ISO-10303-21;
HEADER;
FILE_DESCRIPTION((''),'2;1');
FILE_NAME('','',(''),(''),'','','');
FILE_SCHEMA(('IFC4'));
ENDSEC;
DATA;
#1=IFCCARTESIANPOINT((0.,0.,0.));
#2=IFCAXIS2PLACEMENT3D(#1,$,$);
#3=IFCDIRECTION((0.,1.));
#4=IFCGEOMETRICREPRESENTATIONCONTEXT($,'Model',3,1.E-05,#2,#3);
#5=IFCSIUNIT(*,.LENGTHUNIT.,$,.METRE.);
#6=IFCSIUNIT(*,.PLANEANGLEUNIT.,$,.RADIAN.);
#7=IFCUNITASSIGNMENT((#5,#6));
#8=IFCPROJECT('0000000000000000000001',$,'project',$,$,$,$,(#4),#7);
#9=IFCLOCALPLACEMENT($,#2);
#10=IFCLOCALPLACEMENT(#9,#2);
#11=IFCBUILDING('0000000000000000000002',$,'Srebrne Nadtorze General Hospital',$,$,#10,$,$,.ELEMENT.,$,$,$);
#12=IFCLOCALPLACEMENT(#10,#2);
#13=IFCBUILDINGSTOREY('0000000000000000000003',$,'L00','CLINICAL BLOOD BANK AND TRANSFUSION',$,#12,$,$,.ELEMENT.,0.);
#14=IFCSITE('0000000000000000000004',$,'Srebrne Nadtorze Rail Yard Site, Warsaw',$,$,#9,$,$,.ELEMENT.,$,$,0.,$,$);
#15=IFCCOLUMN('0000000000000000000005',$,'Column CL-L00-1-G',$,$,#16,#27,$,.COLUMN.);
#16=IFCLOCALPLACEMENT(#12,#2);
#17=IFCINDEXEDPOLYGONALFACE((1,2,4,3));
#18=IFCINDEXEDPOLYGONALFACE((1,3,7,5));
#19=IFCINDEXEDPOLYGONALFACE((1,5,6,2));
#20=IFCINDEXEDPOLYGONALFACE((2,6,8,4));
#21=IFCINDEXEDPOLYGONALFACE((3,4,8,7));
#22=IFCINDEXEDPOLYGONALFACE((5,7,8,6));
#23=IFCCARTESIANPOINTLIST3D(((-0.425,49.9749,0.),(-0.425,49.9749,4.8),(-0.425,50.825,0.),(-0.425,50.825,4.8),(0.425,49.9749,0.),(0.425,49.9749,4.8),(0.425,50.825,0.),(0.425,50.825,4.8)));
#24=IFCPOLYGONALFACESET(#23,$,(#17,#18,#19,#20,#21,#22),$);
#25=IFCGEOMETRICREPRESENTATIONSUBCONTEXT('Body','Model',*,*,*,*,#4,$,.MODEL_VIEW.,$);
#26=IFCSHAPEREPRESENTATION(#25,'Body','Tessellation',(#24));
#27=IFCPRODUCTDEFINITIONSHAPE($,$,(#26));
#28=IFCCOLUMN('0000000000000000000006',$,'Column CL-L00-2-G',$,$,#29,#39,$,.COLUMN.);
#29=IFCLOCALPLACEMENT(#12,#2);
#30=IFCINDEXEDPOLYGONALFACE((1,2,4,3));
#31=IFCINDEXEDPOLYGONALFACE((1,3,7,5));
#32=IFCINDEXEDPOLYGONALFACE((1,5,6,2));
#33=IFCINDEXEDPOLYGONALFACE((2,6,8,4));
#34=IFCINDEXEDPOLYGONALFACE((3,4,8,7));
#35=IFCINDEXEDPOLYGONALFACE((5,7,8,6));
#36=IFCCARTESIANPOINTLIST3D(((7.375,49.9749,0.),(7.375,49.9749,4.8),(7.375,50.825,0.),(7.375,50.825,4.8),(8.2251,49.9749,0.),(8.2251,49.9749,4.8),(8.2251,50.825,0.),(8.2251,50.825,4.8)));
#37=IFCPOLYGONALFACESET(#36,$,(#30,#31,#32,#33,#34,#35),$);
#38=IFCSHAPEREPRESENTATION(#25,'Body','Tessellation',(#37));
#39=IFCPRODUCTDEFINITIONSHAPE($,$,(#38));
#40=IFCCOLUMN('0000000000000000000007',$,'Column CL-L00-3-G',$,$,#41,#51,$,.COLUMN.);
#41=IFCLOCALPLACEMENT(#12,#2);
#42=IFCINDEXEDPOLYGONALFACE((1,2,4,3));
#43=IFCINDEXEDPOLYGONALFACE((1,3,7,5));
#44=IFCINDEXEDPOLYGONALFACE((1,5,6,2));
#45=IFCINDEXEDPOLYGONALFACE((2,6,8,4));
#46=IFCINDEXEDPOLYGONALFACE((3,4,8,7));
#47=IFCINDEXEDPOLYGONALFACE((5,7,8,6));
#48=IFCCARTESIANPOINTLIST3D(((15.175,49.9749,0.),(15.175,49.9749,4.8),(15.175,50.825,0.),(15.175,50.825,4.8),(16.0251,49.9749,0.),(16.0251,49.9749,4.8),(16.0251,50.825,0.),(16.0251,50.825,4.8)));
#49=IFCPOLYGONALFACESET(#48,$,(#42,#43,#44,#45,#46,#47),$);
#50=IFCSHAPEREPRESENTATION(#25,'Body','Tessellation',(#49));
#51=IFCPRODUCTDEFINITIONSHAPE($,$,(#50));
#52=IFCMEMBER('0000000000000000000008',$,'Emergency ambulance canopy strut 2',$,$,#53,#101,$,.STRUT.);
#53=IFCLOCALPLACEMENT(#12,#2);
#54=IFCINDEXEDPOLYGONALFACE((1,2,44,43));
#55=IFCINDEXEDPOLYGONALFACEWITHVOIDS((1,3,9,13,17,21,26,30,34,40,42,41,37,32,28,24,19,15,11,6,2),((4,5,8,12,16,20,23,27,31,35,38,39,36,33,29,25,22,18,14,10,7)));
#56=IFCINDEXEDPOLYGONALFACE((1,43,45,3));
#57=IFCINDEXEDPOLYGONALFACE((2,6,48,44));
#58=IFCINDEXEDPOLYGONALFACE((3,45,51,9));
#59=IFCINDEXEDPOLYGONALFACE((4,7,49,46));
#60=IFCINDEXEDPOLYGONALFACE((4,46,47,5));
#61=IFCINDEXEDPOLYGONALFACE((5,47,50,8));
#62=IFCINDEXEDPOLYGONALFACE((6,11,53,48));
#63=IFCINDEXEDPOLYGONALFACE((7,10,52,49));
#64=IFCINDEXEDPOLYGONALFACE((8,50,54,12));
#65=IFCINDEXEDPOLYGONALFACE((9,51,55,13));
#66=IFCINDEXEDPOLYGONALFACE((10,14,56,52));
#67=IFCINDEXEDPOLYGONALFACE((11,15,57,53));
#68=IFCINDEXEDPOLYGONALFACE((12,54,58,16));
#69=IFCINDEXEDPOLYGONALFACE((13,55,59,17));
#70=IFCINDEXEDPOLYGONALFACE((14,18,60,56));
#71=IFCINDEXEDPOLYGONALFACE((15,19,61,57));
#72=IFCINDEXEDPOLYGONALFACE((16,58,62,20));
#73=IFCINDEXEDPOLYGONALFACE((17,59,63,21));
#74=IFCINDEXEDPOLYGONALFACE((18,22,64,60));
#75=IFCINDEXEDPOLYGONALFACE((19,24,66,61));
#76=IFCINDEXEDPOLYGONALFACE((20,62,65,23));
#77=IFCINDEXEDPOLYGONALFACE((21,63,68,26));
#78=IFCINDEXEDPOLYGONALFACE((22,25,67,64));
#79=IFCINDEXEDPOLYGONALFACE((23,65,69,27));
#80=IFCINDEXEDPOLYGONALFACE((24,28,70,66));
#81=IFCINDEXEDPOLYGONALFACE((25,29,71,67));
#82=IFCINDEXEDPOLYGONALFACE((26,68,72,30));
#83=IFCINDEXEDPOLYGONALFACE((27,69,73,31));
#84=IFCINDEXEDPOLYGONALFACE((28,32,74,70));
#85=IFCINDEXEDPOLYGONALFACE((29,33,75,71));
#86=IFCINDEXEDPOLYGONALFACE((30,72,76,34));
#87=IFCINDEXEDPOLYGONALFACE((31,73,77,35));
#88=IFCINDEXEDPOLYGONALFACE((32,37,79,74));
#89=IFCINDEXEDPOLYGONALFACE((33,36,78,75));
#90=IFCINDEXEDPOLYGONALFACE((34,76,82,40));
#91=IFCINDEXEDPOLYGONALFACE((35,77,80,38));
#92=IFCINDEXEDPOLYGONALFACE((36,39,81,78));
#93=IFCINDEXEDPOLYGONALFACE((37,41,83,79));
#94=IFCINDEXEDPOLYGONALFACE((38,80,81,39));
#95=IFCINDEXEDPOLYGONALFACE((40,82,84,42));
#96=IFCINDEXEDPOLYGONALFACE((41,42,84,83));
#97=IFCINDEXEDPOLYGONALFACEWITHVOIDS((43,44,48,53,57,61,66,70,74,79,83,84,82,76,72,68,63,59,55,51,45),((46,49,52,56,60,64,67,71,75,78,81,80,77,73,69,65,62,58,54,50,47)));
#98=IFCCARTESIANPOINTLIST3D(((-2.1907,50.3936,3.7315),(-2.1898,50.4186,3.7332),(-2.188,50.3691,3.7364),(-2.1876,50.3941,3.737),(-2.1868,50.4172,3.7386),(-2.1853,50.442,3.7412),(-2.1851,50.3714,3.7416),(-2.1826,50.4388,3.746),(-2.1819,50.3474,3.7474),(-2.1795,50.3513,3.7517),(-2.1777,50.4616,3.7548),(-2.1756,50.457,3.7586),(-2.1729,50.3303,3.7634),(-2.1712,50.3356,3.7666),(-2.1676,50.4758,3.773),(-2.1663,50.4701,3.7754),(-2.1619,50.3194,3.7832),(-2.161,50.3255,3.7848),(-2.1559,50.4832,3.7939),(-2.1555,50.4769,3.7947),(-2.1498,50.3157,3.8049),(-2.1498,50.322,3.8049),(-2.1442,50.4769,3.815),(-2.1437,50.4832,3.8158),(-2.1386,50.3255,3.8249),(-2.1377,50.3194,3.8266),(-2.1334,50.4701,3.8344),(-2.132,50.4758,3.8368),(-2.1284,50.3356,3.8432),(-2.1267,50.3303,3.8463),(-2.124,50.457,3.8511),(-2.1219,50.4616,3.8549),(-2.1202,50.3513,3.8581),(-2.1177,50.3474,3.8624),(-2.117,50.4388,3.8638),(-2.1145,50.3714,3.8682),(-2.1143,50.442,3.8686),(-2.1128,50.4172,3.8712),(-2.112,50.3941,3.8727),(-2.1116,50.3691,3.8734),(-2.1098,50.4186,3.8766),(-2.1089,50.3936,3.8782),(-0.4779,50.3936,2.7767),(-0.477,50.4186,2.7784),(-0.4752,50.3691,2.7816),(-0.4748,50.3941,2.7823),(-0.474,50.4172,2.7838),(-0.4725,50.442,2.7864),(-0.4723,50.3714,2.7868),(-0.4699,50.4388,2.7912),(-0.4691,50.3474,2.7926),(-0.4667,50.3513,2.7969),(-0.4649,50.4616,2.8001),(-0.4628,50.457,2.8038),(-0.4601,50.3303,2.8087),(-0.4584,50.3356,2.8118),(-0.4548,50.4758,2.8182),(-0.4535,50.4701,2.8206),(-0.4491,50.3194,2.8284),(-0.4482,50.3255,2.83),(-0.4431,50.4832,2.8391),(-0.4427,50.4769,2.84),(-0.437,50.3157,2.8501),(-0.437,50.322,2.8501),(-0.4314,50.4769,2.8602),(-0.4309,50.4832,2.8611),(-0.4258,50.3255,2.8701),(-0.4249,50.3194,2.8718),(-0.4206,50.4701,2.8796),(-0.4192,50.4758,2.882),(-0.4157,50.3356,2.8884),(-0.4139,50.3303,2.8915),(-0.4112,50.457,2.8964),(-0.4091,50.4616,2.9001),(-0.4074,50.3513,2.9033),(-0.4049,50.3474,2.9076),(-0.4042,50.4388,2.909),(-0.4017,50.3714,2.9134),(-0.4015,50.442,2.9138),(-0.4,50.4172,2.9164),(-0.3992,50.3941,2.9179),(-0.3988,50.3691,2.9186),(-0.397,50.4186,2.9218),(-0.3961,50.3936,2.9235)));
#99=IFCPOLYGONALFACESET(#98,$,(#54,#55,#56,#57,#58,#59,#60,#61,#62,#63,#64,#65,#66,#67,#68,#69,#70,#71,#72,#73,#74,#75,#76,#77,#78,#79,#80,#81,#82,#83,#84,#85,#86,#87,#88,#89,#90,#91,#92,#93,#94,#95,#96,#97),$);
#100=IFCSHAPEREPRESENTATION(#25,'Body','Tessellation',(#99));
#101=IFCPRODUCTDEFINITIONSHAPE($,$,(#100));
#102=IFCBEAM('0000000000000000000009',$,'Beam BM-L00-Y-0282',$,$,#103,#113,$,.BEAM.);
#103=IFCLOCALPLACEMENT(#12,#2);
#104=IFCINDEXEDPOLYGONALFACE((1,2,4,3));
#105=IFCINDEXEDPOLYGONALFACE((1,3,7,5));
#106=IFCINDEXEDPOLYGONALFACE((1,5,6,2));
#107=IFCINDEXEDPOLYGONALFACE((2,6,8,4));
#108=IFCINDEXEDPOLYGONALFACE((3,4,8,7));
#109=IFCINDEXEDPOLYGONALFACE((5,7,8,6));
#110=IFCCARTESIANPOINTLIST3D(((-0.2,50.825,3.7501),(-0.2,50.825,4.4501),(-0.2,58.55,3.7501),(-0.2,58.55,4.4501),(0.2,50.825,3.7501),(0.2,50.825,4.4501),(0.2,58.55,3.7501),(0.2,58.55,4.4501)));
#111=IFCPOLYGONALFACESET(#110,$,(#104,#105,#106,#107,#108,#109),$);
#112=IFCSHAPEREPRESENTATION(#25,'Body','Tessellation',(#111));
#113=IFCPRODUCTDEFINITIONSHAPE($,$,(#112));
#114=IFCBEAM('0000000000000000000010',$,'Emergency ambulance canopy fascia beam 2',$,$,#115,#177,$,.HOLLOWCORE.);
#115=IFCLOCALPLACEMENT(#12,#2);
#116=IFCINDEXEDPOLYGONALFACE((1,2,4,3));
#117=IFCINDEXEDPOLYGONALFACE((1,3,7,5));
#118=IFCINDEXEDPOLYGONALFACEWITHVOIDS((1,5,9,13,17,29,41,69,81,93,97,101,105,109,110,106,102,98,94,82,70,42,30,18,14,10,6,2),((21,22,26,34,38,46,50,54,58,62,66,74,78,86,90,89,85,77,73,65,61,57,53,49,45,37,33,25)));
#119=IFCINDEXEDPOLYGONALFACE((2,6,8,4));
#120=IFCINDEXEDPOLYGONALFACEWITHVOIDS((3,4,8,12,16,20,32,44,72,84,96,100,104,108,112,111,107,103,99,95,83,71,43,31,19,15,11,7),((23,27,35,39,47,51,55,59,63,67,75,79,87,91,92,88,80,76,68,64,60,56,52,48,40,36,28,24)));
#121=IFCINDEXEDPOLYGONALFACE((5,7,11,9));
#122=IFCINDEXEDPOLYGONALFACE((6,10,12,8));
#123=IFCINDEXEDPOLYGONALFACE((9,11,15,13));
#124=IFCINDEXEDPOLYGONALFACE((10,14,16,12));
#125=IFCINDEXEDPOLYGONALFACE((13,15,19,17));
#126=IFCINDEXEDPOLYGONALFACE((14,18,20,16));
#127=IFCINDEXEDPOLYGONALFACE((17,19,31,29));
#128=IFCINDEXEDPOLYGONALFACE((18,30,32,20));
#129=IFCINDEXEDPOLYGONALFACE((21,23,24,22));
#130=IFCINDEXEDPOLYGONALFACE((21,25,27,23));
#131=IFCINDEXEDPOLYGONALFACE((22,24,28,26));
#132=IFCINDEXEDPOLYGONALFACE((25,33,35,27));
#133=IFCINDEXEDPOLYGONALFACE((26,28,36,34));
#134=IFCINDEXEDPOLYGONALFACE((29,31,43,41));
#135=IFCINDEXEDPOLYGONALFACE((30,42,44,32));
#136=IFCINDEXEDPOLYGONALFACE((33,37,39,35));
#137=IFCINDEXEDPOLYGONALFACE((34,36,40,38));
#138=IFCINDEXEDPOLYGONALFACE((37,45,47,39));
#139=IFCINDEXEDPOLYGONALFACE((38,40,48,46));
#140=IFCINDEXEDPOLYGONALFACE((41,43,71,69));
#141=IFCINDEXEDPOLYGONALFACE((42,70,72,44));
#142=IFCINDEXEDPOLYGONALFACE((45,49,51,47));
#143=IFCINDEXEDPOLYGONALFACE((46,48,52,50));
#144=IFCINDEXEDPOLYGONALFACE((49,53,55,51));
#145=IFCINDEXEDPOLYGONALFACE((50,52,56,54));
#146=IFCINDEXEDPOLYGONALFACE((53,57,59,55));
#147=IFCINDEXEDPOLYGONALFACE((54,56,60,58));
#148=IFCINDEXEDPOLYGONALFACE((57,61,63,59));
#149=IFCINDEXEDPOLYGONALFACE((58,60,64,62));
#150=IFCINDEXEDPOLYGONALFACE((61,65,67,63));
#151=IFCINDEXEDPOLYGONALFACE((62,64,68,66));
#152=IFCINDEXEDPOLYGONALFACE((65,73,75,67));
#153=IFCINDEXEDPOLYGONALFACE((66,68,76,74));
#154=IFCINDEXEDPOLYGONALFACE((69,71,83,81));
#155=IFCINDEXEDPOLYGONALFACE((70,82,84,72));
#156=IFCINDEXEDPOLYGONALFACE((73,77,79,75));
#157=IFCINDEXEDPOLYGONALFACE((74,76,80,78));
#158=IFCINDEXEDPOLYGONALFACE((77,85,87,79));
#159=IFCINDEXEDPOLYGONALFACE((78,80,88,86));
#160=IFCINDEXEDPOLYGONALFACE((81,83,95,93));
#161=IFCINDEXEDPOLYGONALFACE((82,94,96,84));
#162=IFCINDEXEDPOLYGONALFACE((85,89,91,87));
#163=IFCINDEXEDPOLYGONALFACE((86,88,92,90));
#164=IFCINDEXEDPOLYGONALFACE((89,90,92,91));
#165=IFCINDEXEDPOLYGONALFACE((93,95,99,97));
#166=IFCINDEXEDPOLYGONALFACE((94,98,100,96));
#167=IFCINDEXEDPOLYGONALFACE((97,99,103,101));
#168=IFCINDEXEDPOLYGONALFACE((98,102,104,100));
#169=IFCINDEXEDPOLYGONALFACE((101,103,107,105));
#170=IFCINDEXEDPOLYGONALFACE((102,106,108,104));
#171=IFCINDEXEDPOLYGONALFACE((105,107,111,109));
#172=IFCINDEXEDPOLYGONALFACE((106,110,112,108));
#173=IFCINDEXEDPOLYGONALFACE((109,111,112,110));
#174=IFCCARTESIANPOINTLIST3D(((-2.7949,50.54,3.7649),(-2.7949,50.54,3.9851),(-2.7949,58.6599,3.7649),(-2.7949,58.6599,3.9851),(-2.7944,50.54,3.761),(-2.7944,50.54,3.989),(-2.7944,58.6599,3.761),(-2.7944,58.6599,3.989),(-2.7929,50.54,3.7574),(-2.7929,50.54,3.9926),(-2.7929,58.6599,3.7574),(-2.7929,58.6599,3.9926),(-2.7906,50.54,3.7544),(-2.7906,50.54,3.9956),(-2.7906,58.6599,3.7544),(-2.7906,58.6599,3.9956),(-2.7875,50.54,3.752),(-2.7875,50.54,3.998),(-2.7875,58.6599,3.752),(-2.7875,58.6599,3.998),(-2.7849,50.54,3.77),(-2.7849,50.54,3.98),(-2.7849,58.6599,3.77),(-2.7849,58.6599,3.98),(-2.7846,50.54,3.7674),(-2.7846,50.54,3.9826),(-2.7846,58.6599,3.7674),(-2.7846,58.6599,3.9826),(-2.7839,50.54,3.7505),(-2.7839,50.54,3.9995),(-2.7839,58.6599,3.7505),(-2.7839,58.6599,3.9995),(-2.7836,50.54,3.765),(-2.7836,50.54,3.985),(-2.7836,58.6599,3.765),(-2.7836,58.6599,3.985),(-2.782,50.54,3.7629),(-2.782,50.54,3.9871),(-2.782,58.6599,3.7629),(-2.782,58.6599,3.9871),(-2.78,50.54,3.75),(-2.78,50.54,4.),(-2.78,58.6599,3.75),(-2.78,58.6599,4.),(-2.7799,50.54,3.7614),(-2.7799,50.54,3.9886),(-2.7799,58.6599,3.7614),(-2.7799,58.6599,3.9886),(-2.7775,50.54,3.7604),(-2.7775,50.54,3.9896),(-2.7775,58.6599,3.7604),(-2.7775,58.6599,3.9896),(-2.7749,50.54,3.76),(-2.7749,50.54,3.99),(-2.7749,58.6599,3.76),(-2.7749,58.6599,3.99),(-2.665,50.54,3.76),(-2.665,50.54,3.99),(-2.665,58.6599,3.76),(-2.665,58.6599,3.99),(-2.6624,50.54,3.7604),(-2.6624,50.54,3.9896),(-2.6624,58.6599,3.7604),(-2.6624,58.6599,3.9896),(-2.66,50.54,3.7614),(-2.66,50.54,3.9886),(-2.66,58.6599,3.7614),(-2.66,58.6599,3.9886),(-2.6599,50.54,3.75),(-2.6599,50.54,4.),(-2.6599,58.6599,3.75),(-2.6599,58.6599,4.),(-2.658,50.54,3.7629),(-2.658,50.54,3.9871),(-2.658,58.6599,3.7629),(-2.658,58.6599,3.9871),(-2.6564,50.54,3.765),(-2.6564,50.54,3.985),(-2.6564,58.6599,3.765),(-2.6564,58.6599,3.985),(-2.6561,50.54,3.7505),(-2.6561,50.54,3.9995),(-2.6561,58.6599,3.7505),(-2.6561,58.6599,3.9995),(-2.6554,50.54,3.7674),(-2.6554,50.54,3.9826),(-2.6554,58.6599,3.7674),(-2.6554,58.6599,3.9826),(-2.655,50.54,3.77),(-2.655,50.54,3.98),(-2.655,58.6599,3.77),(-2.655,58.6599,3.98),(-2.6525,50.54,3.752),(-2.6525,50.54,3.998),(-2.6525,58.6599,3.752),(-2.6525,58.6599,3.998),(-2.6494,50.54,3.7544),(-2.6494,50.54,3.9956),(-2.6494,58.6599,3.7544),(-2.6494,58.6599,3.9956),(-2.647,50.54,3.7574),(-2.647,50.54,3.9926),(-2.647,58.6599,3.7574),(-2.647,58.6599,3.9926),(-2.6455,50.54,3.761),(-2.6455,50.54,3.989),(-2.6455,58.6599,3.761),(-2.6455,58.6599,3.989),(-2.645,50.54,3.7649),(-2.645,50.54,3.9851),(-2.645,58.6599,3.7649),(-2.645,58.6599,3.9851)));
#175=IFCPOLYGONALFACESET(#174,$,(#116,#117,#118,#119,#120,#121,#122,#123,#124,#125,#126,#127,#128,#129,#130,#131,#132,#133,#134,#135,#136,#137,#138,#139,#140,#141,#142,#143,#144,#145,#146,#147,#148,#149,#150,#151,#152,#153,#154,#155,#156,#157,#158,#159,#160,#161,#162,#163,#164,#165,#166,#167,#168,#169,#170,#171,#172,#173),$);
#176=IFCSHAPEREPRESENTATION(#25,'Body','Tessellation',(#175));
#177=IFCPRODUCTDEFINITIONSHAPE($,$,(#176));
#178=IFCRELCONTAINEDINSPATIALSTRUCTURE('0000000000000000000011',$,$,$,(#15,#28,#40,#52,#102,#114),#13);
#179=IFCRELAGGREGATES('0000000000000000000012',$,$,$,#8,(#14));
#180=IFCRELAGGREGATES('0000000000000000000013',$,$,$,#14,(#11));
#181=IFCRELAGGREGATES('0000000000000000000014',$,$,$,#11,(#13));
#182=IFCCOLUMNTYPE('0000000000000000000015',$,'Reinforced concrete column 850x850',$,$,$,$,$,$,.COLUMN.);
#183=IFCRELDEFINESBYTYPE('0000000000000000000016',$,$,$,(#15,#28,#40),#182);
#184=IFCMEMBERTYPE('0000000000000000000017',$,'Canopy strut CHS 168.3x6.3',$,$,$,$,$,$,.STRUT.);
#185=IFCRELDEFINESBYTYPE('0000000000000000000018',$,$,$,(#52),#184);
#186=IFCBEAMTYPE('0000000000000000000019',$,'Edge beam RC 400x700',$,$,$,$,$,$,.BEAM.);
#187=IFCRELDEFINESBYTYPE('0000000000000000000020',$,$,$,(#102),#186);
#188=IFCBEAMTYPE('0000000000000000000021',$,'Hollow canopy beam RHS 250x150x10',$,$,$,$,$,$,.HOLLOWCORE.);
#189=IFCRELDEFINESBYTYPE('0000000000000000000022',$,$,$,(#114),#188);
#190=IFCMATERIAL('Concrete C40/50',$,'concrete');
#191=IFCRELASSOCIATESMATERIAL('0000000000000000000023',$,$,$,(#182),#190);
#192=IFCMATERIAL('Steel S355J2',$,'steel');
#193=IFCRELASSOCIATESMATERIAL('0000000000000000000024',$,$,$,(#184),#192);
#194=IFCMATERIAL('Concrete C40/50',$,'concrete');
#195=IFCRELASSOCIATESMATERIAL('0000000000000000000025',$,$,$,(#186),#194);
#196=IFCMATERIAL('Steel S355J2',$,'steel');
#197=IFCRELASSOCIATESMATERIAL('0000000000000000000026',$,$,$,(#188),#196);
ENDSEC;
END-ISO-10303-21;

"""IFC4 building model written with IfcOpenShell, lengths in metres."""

from ifc_helpers import new_model, si_unit, direction, frame, origin, origin_2d, place, context, subcontext, project, spatial, rectangle, hollow_rectangle, hollow_circle, extrude, material, material_profile, profile_set, type_object, element, save


model = new_model("IFC4")

# Units and contexts
model_context = context("Model", 3, precision=1e-05, world=origin(), true_north=direction((0.0, 1.0)))
body_context = subcontext(model_context, "Body", "Model", "MODEL_VIEW")
ifc_project = project(units=[si_unit("LENGTHUNIT", "METRE"), si_unit("PLANEANGLEUNIT", "RADIAN")], contexts=[model_context])

# Site, building, storey
site_placement = place(None, origin())
site = spatial("IfcSite", under=ifc_project, at=site_placement, Name="Srebrne Nadtorze Rail Yard Site, Warsaw", CompositionType="ELEMENT", RefElevation=0.0)
building_placement = place(site_placement, origin())
building = spatial("IfcBuilding", under=site, at=building_placement, Name="Srebrne Nadtorze General Hospital", CompositionType="ELEMENT")
storey_placement = place(building_placement, origin())
storey = spatial("IfcBuildingStorey", under=building, at=storey_placement, Name="L00", Description="CLINICAL BLOOD BANK AND TRANSFUSION", CompositionType="ELEMENT", Elevation=0.0)

# Columns
ifc_material_1 = material(Name="Concrete C40/50", Category="concrete")
ifc_material_profile_1 = material_profile(ifc_material_1, rectangle(XDim=0.8501, YDim=0.8501, at=origin_2d()), Name="RC-COL-850x850")
ifc_profile_set_1 = profile_set([ifc_material_profile_1], Name="Concrete C40/50")
column_type = type_object("IfcColumnType", Name="Reinforced concrete column 850x850", PredefinedType="COLUMN", material=ifc_profile_set_1)
for number, where, z_axis, x_axis, name in (
    (1, (0.0, 50.3999, 0.0), (0.0, 0.0, 1.0), (1.0, 0.0, 0.0), "Column CL-L00-1-G"),
    (2, (7.8, 50.3999, 0.0), (0.0, 0.0, 1.0), (1.0, 0.0, 0.0), "Column CL-L00-2-G"),
    (3, (15.6001, 50.3999, 0.0), (0.0, 0.0, 1.0), (1.0, 0.0, 0.0), "Column CL-L00-3-G"),
):
    element("IfcColumn", number, at=place(storey_placement, frame(where, z_axis=z_axis, x_axis=x_axis)), inside=storey, type_object=column_type, Name=name, PredefinedType="COLUMN", context=body_context, shape_type="SweptSolid", body=[
        extrude(rectangle(XDim=0.8501, YDim=0.8501, at=origin_2d()), origin(), (0.0, 0.0, 1.0), 4.8),
    ])

# Member
ifc_material_2 = material(Name="Steel S355J2", Category="steel")
ifc_material_profile_2 = material_profile(ifc_material_2, hollow_circle(Radius=0.0842, WallThickness=0.0063, at=origin_2d()), Name="CHS-168.3x6.3")
ifc_profile_set_2 = profile_set([ifc_material_profile_2], Name="Steel S355J2")
member_type = type_object("IfcMemberType", Name="Canopy strut CHS 168.3x6.3", PredefinedType="STRUT", material=ifc_profile_set_2)
member_placement = place(storey_placement, frame((-0.437, 50.3999, 2.8501), z_axis=(-0.873458, 0.0, 0.4869), x_axis=(0.0, -1.0, 0.0)))
element("IfcMember", 4, at=member_placement, inside=storey, type_object=member_type, Name="Emergency ambulance canopy strut 2", PredefinedType="STRUT", context=body_context, shape_type="SweptSolid", body=[
    extrude(hollow_circle(Radius=0.0842, WallThickness=0.0063, at=origin_2d()), origin(), (0.0, 0.0, 1.0), 1.9609),
])

# Beams
ifc_material_3 = material(Name="Concrete C40/50", Category="concrete")
ifc_material_profile_3 = material_profile(ifc_material_3, rectangle(XDim=0.3999, YDim=0.7, at=origin_2d()), Name="RC-BM-400x700")
ifc_profile_set_3 = profile_set([ifc_material_profile_3], Name="Concrete C40/50")
beam_type_1 = type_object("IfcBeamType", Name="Edge beam RC 400x700", PredefinedType="BEAM", material=ifc_profile_set_3)
beam_1_placement = place(storey_placement, frame((0.0, 50.825, 4.1001), z_axis=(0.0, 1.0, 0.0), x_axis=(-1.0, 0.0, 0.0)))
element("IfcBeam", 5, at=beam_1_placement, inside=storey, type_object=beam_type_1, Name="Beam BM-L00-Y-0282", PredefinedType="BEAM", context=body_context, shape_type="SweptSolid", body=[
    extrude(rectangle(XDim=0.3999, YDim=0.7, at=origin_2d()), origin(), (0.0, 0.0, 1.0), 7.7251),
])
ifc_material_4 = material(Name="Steel S355J2", Category="steel")
ifc_material_profile_4 = material_profile(ifc_material_4, hollow_rectangle(XDim=0.1499, YDim=0.25, WallThickness=0.01, InnerFilletRadius=0.01, OuterFilletRadius=0.0149, at=origin_2d()), Name="RHS-250x150x10")
ifc_profile_set_4 = profile_set([ifc_material_profile_4], Name="Steel S355J2")
beam_type_2 = type_object("IfcBeamType", Name="Hollow canopy beam RHS 250x150x10", PredefinedType="HOLLOWCORE", material=ifc_profile_set_4)
beam_2_placement = place(storey_placement, frame((-2.72, 50.54, 3.875), z_axis=(0.0, 1.0, 0.0), x_axis=(-1.0, 0.0, 0.0)))
element("IfcBeam", 6, at=beam_2_placement, inside=storey, type_object=beam_type_2, Name="Emergency ambulance canopy fascia beam 2", PredefinedType="HOLLOWCORE", context=body_context, shape_type="SweptSolid", body=[
    extrude(hollow_rectangle(XDim=0.1499, YDim=0.25, WallThickness=0.01, InnerFilletRadius=0.01, OuterFilletRadius=0.0149, at=origin_2d()), origin(), (0.0, 0.0, 1.0), 8.1199),
])

save(model, "model.ifc")
